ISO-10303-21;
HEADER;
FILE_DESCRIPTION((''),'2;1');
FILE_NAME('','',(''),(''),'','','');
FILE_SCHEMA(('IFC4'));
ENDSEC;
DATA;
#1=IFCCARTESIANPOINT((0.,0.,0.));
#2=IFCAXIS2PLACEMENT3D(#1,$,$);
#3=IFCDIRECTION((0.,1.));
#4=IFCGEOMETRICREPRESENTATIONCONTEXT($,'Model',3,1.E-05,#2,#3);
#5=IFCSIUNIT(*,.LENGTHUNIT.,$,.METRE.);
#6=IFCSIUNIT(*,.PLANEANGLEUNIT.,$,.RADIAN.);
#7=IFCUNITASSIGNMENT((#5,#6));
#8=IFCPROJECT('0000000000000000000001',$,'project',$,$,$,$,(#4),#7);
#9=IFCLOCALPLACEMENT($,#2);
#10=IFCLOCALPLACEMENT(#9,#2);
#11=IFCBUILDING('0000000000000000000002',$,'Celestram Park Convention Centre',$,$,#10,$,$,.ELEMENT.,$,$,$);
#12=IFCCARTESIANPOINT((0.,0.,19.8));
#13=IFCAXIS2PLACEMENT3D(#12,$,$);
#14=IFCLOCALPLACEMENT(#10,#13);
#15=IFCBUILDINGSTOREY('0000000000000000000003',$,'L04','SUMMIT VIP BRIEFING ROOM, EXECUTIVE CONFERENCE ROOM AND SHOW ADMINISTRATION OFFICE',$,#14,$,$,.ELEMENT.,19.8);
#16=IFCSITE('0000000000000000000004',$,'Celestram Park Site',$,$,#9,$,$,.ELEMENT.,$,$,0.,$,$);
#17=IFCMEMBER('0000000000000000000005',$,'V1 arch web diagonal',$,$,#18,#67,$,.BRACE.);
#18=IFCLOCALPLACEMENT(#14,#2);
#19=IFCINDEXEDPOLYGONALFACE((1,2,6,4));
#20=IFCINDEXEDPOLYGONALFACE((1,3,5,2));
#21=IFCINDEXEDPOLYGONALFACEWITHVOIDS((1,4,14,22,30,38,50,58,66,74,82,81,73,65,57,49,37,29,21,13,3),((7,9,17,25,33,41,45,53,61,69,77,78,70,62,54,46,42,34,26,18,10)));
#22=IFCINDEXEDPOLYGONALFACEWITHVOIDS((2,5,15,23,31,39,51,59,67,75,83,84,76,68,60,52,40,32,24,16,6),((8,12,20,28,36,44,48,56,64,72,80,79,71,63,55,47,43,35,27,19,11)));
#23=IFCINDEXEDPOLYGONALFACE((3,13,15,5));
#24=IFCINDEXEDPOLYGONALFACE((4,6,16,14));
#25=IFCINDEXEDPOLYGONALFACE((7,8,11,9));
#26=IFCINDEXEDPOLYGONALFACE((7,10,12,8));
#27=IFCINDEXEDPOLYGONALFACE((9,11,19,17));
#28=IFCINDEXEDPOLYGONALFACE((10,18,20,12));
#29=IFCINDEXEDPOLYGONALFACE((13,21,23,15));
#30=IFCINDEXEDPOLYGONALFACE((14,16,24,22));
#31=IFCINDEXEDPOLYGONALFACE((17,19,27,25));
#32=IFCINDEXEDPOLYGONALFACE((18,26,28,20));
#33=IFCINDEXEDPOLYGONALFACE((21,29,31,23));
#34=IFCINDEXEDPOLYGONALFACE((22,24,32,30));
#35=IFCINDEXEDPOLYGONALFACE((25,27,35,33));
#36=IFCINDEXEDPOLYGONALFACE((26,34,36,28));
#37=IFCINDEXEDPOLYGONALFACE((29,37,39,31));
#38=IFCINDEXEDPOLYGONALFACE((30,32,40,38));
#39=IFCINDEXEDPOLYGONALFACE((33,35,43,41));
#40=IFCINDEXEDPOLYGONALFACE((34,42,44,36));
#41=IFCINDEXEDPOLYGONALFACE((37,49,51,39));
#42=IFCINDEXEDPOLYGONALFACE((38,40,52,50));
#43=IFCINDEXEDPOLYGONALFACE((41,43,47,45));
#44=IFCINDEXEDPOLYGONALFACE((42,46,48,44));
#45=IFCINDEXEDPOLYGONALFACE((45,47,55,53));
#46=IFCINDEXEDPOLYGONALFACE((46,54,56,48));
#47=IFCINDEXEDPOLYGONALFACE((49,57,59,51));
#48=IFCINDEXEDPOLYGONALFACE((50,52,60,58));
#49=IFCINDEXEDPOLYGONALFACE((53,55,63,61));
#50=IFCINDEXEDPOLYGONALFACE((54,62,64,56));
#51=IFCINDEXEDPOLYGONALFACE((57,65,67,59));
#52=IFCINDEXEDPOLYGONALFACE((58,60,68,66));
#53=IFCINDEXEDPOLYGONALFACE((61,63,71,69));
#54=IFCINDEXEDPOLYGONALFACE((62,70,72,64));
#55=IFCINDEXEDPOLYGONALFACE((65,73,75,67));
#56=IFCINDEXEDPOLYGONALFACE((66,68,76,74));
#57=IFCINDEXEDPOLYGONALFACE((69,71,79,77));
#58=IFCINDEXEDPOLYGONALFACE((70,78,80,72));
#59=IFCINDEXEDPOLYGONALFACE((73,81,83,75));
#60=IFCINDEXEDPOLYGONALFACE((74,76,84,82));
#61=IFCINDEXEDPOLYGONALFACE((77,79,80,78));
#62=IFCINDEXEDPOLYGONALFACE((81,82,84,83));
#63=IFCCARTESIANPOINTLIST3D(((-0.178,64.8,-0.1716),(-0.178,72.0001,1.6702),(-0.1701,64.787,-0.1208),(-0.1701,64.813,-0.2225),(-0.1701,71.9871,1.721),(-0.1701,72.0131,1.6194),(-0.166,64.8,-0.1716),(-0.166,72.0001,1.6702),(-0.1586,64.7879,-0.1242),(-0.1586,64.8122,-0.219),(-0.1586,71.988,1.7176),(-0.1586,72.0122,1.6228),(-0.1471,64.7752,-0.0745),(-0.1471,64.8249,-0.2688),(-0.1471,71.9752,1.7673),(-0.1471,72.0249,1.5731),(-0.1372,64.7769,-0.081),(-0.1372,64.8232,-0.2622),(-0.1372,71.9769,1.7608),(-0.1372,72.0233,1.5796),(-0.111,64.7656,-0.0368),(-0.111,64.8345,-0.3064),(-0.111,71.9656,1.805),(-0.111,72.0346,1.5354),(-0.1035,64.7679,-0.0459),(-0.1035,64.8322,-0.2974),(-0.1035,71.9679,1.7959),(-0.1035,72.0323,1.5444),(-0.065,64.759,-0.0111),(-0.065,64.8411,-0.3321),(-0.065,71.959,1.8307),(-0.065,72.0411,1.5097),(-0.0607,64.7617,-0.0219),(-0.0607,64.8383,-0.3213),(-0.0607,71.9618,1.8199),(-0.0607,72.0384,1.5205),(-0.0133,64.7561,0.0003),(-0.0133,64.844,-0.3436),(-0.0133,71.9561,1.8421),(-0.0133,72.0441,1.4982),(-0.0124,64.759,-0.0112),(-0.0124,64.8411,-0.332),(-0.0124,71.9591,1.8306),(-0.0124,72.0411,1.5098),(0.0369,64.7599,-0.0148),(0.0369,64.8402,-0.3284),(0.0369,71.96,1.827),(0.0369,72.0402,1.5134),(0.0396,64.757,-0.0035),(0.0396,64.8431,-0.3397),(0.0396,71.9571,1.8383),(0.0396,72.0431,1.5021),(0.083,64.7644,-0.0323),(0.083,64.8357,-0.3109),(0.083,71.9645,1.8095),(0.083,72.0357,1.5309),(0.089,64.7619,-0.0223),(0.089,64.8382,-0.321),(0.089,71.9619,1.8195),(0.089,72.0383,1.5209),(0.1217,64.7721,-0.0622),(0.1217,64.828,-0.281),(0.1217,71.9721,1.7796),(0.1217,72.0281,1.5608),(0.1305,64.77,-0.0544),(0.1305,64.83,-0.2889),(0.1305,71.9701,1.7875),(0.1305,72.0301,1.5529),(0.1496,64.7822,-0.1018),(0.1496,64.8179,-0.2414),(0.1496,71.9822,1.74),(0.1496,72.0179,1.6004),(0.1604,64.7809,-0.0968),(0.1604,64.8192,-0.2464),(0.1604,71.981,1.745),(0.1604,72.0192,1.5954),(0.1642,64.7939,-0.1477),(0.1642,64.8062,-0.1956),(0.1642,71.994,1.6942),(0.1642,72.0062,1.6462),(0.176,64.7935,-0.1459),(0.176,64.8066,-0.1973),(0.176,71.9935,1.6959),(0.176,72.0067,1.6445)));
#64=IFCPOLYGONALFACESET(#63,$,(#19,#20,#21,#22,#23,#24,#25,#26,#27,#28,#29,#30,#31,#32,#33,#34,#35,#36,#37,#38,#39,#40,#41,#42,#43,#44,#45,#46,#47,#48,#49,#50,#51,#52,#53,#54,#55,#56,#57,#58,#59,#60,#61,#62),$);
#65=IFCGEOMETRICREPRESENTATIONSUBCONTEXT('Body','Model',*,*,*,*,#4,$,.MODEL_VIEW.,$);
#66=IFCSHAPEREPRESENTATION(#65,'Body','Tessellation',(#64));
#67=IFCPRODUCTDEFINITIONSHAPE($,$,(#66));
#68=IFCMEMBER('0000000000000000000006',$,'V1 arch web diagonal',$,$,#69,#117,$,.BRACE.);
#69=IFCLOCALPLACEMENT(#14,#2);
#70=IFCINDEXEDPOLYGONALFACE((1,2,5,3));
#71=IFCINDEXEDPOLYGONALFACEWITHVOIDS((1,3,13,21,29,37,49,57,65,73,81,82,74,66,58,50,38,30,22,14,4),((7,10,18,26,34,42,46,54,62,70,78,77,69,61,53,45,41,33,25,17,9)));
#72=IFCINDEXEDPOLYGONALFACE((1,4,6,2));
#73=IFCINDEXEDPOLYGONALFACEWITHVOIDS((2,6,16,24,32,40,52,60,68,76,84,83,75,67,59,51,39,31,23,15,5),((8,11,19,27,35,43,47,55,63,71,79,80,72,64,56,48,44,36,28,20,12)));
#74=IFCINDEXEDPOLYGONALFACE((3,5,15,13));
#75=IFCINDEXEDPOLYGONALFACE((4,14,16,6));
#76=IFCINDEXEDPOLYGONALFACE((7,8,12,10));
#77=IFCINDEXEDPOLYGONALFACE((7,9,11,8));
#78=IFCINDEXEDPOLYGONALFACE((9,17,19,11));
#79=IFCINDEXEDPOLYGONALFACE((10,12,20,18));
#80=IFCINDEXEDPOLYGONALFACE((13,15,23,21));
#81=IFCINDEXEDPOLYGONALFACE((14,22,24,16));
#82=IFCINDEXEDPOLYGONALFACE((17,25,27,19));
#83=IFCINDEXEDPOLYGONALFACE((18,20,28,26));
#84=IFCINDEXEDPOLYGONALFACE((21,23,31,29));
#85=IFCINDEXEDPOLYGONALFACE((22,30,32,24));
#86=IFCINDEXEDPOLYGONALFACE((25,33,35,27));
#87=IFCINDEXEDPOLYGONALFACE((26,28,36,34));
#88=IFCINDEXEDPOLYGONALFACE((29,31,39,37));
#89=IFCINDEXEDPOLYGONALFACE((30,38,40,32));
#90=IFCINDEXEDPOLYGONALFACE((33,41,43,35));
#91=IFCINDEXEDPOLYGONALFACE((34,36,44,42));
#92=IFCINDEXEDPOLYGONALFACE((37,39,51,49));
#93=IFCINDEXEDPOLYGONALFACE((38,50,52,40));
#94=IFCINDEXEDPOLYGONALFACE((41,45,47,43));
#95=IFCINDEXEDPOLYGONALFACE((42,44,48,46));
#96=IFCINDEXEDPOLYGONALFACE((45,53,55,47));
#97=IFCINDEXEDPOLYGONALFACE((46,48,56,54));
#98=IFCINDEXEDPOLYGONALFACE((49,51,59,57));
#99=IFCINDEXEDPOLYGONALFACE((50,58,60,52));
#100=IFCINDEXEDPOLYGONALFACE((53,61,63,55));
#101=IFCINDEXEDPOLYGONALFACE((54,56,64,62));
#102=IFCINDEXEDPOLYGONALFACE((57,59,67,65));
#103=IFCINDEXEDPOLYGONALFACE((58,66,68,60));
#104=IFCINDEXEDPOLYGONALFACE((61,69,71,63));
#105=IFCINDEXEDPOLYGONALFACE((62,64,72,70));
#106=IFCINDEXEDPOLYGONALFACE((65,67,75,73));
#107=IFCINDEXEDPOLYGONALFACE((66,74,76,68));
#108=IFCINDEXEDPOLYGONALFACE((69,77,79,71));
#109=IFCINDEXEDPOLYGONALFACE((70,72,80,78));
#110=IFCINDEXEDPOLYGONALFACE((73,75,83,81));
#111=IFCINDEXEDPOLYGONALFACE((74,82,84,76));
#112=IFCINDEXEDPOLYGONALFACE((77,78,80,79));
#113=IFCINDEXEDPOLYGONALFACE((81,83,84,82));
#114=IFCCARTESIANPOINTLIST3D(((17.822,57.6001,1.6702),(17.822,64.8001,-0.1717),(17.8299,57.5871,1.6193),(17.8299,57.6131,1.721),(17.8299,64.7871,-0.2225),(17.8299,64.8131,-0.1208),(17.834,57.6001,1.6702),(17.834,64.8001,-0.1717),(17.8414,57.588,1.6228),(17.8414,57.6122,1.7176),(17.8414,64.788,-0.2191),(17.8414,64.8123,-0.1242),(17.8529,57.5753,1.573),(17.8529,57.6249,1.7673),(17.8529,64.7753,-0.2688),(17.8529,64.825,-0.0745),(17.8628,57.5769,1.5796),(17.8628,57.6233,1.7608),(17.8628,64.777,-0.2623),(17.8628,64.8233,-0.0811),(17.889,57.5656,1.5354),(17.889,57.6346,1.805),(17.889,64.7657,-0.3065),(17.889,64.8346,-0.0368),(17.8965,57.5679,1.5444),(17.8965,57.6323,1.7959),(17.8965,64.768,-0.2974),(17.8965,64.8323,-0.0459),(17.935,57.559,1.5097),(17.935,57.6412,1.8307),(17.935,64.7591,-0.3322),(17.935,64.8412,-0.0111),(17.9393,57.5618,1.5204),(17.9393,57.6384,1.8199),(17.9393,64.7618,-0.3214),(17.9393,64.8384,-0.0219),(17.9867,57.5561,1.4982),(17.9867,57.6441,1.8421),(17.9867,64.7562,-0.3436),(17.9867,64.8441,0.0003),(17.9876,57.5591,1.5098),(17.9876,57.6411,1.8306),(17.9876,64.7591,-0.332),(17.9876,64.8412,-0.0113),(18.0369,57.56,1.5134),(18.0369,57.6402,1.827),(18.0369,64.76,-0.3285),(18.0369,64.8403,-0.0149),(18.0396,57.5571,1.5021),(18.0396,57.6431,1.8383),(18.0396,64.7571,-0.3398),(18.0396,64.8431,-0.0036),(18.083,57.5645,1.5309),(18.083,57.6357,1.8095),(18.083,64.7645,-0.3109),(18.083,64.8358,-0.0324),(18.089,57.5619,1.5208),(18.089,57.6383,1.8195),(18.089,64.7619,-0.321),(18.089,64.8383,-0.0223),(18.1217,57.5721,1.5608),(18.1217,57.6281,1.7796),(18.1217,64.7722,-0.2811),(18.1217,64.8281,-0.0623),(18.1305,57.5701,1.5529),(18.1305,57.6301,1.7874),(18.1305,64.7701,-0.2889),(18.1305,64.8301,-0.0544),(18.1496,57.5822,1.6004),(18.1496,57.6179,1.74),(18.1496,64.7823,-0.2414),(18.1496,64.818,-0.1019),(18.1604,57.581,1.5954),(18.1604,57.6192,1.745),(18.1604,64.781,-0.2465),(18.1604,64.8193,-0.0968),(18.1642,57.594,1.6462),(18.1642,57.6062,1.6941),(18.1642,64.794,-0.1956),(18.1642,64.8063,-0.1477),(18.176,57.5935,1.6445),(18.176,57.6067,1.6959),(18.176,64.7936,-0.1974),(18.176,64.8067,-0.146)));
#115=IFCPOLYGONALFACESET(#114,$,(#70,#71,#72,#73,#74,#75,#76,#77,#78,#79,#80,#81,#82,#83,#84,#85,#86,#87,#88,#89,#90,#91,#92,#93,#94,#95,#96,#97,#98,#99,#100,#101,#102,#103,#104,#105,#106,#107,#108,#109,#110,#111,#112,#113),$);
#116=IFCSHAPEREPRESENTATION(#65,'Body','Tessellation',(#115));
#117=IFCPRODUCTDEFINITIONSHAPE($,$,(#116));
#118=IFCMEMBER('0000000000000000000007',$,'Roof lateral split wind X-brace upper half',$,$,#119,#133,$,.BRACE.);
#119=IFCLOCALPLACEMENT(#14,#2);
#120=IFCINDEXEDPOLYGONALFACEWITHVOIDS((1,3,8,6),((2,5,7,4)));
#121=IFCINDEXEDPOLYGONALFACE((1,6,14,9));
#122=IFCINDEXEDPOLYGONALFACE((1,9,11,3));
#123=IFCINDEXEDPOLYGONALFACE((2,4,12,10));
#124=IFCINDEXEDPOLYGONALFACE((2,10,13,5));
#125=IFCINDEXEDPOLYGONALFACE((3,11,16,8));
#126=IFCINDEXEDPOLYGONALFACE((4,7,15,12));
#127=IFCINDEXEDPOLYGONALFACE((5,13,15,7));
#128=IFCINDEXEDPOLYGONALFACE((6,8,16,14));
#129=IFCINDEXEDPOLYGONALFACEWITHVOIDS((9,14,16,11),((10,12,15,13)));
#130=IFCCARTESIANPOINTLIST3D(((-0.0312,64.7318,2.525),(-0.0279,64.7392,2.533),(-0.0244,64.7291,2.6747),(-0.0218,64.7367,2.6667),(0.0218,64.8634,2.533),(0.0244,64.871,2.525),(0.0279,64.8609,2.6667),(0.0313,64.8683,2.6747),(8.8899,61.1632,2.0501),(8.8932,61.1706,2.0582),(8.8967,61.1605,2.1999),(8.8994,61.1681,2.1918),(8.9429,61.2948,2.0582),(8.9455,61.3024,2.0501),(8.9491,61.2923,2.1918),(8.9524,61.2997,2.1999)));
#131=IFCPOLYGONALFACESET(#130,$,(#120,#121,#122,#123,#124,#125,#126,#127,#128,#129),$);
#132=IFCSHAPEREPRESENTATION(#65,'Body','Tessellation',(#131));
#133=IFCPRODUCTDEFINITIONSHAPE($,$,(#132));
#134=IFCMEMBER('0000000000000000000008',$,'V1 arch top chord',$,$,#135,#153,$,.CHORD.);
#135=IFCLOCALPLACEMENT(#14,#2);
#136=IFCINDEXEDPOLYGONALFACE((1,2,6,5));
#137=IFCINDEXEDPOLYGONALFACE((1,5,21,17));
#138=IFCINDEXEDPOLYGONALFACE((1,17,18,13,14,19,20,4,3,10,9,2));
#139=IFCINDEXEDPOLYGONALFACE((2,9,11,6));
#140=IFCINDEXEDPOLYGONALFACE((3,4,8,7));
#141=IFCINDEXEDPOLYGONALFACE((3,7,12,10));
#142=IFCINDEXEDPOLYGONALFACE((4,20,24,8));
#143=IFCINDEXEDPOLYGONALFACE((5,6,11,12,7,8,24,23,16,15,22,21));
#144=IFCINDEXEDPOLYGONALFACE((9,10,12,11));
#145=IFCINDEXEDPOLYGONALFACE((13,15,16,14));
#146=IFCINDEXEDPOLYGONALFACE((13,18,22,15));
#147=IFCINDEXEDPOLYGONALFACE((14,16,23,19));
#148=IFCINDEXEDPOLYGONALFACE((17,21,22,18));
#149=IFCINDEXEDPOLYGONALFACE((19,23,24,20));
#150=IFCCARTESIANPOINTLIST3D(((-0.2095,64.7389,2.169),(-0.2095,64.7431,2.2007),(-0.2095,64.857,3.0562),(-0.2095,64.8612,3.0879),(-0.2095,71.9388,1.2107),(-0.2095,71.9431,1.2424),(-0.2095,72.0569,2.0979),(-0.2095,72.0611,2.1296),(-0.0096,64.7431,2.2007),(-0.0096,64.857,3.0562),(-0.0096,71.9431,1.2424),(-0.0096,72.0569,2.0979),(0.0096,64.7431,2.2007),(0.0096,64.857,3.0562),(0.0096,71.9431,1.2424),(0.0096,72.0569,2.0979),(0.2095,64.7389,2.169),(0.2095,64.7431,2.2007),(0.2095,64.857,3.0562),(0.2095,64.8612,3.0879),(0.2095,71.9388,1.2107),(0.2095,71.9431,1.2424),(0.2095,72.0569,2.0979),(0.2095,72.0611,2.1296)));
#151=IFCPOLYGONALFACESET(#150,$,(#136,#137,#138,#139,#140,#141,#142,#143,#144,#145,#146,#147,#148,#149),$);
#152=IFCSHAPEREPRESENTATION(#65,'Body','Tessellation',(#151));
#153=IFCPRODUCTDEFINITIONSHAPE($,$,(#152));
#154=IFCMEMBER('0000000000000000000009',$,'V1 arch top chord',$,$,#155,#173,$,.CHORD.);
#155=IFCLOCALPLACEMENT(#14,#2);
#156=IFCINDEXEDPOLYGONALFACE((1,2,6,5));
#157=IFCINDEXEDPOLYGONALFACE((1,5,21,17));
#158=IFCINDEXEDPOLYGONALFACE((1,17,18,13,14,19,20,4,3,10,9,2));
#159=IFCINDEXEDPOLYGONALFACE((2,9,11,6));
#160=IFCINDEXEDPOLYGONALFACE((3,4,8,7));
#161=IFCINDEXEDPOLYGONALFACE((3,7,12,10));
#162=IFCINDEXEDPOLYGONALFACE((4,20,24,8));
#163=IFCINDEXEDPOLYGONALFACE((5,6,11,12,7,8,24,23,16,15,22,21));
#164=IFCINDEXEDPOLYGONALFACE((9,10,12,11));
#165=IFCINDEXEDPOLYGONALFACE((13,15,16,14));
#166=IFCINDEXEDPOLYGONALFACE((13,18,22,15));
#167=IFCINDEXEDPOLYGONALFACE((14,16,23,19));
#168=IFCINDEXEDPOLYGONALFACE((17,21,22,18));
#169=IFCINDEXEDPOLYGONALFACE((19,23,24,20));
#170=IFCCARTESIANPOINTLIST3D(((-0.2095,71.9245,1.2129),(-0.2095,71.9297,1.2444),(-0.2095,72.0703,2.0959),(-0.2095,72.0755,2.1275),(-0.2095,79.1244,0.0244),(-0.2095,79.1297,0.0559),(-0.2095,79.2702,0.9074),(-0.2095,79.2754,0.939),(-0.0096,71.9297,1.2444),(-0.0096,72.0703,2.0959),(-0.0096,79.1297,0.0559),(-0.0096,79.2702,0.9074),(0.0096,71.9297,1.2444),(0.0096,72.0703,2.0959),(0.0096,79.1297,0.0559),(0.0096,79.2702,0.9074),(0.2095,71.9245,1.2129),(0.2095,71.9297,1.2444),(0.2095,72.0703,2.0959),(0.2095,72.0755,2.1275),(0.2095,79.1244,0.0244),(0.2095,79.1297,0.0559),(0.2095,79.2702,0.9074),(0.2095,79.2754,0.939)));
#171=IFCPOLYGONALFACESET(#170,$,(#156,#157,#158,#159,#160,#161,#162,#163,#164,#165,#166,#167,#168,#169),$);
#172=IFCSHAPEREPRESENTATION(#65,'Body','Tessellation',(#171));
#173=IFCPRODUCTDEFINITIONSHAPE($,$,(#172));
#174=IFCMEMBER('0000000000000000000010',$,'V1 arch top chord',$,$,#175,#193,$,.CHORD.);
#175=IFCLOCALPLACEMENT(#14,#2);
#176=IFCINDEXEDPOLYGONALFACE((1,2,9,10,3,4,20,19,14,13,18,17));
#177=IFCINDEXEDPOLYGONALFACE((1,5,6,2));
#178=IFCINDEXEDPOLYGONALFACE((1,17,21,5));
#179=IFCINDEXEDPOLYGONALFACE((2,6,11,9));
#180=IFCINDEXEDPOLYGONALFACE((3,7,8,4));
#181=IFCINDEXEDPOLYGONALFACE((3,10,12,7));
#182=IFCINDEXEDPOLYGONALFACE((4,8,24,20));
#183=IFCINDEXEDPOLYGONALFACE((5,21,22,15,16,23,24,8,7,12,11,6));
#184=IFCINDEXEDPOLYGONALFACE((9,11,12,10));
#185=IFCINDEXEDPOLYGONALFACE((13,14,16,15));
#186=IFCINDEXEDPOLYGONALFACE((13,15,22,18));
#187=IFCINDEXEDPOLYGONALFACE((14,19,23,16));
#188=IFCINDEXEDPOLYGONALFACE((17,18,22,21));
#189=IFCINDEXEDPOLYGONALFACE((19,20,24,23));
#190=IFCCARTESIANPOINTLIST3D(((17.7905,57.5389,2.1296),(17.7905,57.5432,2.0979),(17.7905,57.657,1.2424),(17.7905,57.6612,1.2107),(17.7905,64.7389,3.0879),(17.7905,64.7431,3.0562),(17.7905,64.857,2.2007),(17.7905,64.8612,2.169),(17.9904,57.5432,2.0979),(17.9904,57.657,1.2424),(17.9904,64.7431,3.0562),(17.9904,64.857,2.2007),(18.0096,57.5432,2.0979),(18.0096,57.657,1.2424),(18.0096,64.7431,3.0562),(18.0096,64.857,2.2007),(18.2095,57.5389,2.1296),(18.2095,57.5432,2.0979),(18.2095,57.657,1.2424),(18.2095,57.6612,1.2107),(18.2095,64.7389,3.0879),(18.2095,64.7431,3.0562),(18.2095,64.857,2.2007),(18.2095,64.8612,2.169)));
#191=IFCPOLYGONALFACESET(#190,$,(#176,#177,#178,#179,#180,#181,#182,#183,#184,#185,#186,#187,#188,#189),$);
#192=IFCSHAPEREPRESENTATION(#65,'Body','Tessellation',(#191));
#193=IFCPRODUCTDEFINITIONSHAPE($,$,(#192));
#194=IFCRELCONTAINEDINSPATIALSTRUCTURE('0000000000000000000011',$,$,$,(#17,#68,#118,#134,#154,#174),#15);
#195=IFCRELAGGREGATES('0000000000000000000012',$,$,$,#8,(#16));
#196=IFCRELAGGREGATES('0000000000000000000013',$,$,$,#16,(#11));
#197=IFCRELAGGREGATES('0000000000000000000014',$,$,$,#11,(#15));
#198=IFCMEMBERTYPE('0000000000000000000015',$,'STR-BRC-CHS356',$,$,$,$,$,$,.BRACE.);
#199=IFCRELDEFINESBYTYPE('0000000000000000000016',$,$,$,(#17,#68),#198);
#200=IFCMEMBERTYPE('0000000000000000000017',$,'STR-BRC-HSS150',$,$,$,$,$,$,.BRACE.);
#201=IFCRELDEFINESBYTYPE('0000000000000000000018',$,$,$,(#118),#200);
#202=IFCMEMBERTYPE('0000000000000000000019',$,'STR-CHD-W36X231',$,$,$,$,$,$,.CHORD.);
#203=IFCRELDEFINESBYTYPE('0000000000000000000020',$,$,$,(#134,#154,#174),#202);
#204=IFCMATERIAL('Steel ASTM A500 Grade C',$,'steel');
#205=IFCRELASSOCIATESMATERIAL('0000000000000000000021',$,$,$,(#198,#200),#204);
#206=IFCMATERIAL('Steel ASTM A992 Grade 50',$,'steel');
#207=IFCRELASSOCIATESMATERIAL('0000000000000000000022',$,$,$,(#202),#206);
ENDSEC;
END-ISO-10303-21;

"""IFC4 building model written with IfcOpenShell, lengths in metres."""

from ifc_helpers import new_model, si_unit, direction, frame, origin, origin_2d, place, context, subcontext, project, spatial, hollow_rectangle, hollow_circle, i_section, extrude, material, material_profile, profile_set, type_object, element, save


model = new_model("IFC4")

# Units and contexts
model_context = context("Model", 3, precision=1e-05, world=origin(), true_north=direction((0.0, 1.0)))
body_context = subcontext(model_context, "Body", "Model", "MODEL_VIEW")
ifc_project = project(units=[si_unit("LENGTHUNIT", "METRE"), si_unit("PLANEANGLEUNIT", "RADIAN")], contexts=[model_context])

# Site, building, storey
site_placement = place(None, origin())
site = spatial("IfcSite", under=ifc_project, at=site_placement, Name="Celestram Park Site", CompositionType="ELEMENT", RefElevation=0.0)
building_placement = place(site_placement, origin())
building = spatial("IfcBuilding", under=site, at=building_placement, Name="Celestram Park Convention Centre", CompositionType="ELEMENT")
storey_placement = place(building_placement, frame((0.0, 0.0, 19.8)))
storey = spatial("IfcBuildingStorey", under=building, at=storey_placement, Name="L04", Description="SUMMIT VIP BRIEFING ROOM, EXECUTIVE CONFERENCE ROOM AND SHOW ADMINISTRATION OFFICE", CompositionType="ELEMENT", Elevation=19.8)

# Members
ifc_material_1 = material(Name="Steel ASTM A500 Grade C", Category="steel")
ifc_material_profile_1 = material_profile(ifc_material_1, hollow_circle(Radius=0.178, WallThickness=0.012, at=origin_2d()), Name="CHS356X12")
ifc_profile_set_1 = profile_set([ifc_material_profile_1], Name="Steel ASTM A500 Grade C")
member_type_1 = type_object("IfcMemberType", Name="STR-BRC-CHS356", PredefinedType="BRACE", material=ifc_profile_set_1)
for number, where, z_axis, x_axis, name in (
    (1, (0.0, 64.8, -0.1716), (0.0, 0.968804, 0.247827), (-1.0, 0.0, 0.0), "V1 arch web diagonal"),
    (2, (18.0, 57.6001, 1.6702), (0.0, 0.968804, -0.247827), (-1.0, 0.0, 0.0), "V1 arch web diagonal"),
):
    element("IfcMember", number, at=place(storey_placement, frame(where, z_axis=z_axis, x_axis=x_axis)), inside=storey, type_object=member_type_1, Name=name, PredefinedType="BRACE", context=body_context, shape_type="SweptSolid", body=[
        extrude(hollow_circle(Radius=0.178, WallThickness=0.012, at=origin_2d()), origin(), (0.0, 0.0, 1.0), 7.4319),
    ])
ifc_material_profile_2 = material_profile(ifc_material_1, hollow_rectangle(XDim=0.1499, YDim=0.1499, WallThickness=0.0081, at=origin_2d()), Name="HSS150X150X8")
ifc_profile_set_2 = profile_set([ifc_material_profile_2], Name="Steel ASTM A500 Grade C")
member_type_2 = type_object("IfcMemberType", Name="STR-BRC-HSS150", PredefinedType="BRACE", material=ifc_profile_set_2)
member_1_placement = place(storey_placement, frame((8.9211, 61.2314, 2.125), z_axis=(-0.92734, 0.370951, 0.04936), x_axis=(-0.371404, -0.928471, 0.0)))
element("IfcMember", 3, at=member_1_placement, inside=storey, type_object=member_type_2, Name="Roof lateral split wind X-brace upper half", PredefinedType="BRACE", context=body_context, shape_type="SweptSolid", body=[
    extrude(hollow_rectangle(XDim=0.1499, YDim=0.1499, WallThickness=0.0081, at=origin_2d()), origin(), (0.0, 0.0, 1.0), 9.6201),
])
ifc_material_2 = material(Name="Steel ASTM A992 Grade 50", Category="steel")
ifc_material_profile_3 = material_profile(ifc_material_2, i_section(OverallWidth=0.4189, OverallDepth=0.927, WebThickness=0.0193, FlangeThickness=0.032, at=origin_2d()), Name="W36X231")
ifc_profile_set_3 = profile_set([ifc_material_profile_3], Name="Steel ASTM A992 Grade 50")
member_type_3 = type_object("IfcMemberType", Name="STR-CHD-W36X231", PredefinedType="CHORD", material=ifc_profile_set_3)
member_2_placement = place(storey_placement, frame((0.0, 64.8, 2.6284), z_axis=(0.0, 0.991259, -0.131928), x_axis=(-1.0, 0.0, 0.0)))
element("IfcMember", 4, at=member_2_placement, inside=storey, type_object=member_type_3, Name="V1 arch top chord", PredefinedType="CHORD", context=body_context, shape_type="SweptSolid", body=[
    extrude(i_section(OverallWidth=0.4189, OverallDepth=0.927, WebThickness=0.0193, FlangeThickness=0.032, at=origin_2d()), origin(), (0.0, 0.0, 1.0), 7.2634),
])
member_3_placement = place(storey_placement, frame((0.0, 72.0, 1.6702), z_axis=(0.0, 0.986649, -0.162863), x_axis=(-1.0, 0.0, 0.0)))
element("IfcMember", 5, at=member_3_placement, inside=storey, type_object=member_type_3, Name="V1 arch top chord", PredefinedType="CHORD", context=body_context, shape_type="SweptSolid", body=[
    extrude(i_section(OverallWidth=0.4189, OverallDepth=0.927, WebThickness=0.0193, FlangeThickness=0.032, at=origin_2d()), origin(), (0.0, 0.0, 1.0), 7.2974),
])
member_4_placement = place(storey_placement, frame((18.0, 57.6001, 1.6702), z_axis=(0.0, 0.991259, 0.131928), x_axis=(-1.0, 0.0, 0.0)))
element("IfcMember", 6, at=member_4_placement, inside=storey, type_object=member_type_3, Name="V1 arch top chord", PredefinedType="CHORD", context=body_context, shape_type="SweptSolid", body=[
    extrude(i_section(OverallWidth=0.4189, OverallDepth=0.927, WebThickness=0.0193, FlangeThickness=0.032, at=origin_2d()), origin(), (0.0, 0.0, 1.0), 7.2634),
])

save(model, "model.ifc")
